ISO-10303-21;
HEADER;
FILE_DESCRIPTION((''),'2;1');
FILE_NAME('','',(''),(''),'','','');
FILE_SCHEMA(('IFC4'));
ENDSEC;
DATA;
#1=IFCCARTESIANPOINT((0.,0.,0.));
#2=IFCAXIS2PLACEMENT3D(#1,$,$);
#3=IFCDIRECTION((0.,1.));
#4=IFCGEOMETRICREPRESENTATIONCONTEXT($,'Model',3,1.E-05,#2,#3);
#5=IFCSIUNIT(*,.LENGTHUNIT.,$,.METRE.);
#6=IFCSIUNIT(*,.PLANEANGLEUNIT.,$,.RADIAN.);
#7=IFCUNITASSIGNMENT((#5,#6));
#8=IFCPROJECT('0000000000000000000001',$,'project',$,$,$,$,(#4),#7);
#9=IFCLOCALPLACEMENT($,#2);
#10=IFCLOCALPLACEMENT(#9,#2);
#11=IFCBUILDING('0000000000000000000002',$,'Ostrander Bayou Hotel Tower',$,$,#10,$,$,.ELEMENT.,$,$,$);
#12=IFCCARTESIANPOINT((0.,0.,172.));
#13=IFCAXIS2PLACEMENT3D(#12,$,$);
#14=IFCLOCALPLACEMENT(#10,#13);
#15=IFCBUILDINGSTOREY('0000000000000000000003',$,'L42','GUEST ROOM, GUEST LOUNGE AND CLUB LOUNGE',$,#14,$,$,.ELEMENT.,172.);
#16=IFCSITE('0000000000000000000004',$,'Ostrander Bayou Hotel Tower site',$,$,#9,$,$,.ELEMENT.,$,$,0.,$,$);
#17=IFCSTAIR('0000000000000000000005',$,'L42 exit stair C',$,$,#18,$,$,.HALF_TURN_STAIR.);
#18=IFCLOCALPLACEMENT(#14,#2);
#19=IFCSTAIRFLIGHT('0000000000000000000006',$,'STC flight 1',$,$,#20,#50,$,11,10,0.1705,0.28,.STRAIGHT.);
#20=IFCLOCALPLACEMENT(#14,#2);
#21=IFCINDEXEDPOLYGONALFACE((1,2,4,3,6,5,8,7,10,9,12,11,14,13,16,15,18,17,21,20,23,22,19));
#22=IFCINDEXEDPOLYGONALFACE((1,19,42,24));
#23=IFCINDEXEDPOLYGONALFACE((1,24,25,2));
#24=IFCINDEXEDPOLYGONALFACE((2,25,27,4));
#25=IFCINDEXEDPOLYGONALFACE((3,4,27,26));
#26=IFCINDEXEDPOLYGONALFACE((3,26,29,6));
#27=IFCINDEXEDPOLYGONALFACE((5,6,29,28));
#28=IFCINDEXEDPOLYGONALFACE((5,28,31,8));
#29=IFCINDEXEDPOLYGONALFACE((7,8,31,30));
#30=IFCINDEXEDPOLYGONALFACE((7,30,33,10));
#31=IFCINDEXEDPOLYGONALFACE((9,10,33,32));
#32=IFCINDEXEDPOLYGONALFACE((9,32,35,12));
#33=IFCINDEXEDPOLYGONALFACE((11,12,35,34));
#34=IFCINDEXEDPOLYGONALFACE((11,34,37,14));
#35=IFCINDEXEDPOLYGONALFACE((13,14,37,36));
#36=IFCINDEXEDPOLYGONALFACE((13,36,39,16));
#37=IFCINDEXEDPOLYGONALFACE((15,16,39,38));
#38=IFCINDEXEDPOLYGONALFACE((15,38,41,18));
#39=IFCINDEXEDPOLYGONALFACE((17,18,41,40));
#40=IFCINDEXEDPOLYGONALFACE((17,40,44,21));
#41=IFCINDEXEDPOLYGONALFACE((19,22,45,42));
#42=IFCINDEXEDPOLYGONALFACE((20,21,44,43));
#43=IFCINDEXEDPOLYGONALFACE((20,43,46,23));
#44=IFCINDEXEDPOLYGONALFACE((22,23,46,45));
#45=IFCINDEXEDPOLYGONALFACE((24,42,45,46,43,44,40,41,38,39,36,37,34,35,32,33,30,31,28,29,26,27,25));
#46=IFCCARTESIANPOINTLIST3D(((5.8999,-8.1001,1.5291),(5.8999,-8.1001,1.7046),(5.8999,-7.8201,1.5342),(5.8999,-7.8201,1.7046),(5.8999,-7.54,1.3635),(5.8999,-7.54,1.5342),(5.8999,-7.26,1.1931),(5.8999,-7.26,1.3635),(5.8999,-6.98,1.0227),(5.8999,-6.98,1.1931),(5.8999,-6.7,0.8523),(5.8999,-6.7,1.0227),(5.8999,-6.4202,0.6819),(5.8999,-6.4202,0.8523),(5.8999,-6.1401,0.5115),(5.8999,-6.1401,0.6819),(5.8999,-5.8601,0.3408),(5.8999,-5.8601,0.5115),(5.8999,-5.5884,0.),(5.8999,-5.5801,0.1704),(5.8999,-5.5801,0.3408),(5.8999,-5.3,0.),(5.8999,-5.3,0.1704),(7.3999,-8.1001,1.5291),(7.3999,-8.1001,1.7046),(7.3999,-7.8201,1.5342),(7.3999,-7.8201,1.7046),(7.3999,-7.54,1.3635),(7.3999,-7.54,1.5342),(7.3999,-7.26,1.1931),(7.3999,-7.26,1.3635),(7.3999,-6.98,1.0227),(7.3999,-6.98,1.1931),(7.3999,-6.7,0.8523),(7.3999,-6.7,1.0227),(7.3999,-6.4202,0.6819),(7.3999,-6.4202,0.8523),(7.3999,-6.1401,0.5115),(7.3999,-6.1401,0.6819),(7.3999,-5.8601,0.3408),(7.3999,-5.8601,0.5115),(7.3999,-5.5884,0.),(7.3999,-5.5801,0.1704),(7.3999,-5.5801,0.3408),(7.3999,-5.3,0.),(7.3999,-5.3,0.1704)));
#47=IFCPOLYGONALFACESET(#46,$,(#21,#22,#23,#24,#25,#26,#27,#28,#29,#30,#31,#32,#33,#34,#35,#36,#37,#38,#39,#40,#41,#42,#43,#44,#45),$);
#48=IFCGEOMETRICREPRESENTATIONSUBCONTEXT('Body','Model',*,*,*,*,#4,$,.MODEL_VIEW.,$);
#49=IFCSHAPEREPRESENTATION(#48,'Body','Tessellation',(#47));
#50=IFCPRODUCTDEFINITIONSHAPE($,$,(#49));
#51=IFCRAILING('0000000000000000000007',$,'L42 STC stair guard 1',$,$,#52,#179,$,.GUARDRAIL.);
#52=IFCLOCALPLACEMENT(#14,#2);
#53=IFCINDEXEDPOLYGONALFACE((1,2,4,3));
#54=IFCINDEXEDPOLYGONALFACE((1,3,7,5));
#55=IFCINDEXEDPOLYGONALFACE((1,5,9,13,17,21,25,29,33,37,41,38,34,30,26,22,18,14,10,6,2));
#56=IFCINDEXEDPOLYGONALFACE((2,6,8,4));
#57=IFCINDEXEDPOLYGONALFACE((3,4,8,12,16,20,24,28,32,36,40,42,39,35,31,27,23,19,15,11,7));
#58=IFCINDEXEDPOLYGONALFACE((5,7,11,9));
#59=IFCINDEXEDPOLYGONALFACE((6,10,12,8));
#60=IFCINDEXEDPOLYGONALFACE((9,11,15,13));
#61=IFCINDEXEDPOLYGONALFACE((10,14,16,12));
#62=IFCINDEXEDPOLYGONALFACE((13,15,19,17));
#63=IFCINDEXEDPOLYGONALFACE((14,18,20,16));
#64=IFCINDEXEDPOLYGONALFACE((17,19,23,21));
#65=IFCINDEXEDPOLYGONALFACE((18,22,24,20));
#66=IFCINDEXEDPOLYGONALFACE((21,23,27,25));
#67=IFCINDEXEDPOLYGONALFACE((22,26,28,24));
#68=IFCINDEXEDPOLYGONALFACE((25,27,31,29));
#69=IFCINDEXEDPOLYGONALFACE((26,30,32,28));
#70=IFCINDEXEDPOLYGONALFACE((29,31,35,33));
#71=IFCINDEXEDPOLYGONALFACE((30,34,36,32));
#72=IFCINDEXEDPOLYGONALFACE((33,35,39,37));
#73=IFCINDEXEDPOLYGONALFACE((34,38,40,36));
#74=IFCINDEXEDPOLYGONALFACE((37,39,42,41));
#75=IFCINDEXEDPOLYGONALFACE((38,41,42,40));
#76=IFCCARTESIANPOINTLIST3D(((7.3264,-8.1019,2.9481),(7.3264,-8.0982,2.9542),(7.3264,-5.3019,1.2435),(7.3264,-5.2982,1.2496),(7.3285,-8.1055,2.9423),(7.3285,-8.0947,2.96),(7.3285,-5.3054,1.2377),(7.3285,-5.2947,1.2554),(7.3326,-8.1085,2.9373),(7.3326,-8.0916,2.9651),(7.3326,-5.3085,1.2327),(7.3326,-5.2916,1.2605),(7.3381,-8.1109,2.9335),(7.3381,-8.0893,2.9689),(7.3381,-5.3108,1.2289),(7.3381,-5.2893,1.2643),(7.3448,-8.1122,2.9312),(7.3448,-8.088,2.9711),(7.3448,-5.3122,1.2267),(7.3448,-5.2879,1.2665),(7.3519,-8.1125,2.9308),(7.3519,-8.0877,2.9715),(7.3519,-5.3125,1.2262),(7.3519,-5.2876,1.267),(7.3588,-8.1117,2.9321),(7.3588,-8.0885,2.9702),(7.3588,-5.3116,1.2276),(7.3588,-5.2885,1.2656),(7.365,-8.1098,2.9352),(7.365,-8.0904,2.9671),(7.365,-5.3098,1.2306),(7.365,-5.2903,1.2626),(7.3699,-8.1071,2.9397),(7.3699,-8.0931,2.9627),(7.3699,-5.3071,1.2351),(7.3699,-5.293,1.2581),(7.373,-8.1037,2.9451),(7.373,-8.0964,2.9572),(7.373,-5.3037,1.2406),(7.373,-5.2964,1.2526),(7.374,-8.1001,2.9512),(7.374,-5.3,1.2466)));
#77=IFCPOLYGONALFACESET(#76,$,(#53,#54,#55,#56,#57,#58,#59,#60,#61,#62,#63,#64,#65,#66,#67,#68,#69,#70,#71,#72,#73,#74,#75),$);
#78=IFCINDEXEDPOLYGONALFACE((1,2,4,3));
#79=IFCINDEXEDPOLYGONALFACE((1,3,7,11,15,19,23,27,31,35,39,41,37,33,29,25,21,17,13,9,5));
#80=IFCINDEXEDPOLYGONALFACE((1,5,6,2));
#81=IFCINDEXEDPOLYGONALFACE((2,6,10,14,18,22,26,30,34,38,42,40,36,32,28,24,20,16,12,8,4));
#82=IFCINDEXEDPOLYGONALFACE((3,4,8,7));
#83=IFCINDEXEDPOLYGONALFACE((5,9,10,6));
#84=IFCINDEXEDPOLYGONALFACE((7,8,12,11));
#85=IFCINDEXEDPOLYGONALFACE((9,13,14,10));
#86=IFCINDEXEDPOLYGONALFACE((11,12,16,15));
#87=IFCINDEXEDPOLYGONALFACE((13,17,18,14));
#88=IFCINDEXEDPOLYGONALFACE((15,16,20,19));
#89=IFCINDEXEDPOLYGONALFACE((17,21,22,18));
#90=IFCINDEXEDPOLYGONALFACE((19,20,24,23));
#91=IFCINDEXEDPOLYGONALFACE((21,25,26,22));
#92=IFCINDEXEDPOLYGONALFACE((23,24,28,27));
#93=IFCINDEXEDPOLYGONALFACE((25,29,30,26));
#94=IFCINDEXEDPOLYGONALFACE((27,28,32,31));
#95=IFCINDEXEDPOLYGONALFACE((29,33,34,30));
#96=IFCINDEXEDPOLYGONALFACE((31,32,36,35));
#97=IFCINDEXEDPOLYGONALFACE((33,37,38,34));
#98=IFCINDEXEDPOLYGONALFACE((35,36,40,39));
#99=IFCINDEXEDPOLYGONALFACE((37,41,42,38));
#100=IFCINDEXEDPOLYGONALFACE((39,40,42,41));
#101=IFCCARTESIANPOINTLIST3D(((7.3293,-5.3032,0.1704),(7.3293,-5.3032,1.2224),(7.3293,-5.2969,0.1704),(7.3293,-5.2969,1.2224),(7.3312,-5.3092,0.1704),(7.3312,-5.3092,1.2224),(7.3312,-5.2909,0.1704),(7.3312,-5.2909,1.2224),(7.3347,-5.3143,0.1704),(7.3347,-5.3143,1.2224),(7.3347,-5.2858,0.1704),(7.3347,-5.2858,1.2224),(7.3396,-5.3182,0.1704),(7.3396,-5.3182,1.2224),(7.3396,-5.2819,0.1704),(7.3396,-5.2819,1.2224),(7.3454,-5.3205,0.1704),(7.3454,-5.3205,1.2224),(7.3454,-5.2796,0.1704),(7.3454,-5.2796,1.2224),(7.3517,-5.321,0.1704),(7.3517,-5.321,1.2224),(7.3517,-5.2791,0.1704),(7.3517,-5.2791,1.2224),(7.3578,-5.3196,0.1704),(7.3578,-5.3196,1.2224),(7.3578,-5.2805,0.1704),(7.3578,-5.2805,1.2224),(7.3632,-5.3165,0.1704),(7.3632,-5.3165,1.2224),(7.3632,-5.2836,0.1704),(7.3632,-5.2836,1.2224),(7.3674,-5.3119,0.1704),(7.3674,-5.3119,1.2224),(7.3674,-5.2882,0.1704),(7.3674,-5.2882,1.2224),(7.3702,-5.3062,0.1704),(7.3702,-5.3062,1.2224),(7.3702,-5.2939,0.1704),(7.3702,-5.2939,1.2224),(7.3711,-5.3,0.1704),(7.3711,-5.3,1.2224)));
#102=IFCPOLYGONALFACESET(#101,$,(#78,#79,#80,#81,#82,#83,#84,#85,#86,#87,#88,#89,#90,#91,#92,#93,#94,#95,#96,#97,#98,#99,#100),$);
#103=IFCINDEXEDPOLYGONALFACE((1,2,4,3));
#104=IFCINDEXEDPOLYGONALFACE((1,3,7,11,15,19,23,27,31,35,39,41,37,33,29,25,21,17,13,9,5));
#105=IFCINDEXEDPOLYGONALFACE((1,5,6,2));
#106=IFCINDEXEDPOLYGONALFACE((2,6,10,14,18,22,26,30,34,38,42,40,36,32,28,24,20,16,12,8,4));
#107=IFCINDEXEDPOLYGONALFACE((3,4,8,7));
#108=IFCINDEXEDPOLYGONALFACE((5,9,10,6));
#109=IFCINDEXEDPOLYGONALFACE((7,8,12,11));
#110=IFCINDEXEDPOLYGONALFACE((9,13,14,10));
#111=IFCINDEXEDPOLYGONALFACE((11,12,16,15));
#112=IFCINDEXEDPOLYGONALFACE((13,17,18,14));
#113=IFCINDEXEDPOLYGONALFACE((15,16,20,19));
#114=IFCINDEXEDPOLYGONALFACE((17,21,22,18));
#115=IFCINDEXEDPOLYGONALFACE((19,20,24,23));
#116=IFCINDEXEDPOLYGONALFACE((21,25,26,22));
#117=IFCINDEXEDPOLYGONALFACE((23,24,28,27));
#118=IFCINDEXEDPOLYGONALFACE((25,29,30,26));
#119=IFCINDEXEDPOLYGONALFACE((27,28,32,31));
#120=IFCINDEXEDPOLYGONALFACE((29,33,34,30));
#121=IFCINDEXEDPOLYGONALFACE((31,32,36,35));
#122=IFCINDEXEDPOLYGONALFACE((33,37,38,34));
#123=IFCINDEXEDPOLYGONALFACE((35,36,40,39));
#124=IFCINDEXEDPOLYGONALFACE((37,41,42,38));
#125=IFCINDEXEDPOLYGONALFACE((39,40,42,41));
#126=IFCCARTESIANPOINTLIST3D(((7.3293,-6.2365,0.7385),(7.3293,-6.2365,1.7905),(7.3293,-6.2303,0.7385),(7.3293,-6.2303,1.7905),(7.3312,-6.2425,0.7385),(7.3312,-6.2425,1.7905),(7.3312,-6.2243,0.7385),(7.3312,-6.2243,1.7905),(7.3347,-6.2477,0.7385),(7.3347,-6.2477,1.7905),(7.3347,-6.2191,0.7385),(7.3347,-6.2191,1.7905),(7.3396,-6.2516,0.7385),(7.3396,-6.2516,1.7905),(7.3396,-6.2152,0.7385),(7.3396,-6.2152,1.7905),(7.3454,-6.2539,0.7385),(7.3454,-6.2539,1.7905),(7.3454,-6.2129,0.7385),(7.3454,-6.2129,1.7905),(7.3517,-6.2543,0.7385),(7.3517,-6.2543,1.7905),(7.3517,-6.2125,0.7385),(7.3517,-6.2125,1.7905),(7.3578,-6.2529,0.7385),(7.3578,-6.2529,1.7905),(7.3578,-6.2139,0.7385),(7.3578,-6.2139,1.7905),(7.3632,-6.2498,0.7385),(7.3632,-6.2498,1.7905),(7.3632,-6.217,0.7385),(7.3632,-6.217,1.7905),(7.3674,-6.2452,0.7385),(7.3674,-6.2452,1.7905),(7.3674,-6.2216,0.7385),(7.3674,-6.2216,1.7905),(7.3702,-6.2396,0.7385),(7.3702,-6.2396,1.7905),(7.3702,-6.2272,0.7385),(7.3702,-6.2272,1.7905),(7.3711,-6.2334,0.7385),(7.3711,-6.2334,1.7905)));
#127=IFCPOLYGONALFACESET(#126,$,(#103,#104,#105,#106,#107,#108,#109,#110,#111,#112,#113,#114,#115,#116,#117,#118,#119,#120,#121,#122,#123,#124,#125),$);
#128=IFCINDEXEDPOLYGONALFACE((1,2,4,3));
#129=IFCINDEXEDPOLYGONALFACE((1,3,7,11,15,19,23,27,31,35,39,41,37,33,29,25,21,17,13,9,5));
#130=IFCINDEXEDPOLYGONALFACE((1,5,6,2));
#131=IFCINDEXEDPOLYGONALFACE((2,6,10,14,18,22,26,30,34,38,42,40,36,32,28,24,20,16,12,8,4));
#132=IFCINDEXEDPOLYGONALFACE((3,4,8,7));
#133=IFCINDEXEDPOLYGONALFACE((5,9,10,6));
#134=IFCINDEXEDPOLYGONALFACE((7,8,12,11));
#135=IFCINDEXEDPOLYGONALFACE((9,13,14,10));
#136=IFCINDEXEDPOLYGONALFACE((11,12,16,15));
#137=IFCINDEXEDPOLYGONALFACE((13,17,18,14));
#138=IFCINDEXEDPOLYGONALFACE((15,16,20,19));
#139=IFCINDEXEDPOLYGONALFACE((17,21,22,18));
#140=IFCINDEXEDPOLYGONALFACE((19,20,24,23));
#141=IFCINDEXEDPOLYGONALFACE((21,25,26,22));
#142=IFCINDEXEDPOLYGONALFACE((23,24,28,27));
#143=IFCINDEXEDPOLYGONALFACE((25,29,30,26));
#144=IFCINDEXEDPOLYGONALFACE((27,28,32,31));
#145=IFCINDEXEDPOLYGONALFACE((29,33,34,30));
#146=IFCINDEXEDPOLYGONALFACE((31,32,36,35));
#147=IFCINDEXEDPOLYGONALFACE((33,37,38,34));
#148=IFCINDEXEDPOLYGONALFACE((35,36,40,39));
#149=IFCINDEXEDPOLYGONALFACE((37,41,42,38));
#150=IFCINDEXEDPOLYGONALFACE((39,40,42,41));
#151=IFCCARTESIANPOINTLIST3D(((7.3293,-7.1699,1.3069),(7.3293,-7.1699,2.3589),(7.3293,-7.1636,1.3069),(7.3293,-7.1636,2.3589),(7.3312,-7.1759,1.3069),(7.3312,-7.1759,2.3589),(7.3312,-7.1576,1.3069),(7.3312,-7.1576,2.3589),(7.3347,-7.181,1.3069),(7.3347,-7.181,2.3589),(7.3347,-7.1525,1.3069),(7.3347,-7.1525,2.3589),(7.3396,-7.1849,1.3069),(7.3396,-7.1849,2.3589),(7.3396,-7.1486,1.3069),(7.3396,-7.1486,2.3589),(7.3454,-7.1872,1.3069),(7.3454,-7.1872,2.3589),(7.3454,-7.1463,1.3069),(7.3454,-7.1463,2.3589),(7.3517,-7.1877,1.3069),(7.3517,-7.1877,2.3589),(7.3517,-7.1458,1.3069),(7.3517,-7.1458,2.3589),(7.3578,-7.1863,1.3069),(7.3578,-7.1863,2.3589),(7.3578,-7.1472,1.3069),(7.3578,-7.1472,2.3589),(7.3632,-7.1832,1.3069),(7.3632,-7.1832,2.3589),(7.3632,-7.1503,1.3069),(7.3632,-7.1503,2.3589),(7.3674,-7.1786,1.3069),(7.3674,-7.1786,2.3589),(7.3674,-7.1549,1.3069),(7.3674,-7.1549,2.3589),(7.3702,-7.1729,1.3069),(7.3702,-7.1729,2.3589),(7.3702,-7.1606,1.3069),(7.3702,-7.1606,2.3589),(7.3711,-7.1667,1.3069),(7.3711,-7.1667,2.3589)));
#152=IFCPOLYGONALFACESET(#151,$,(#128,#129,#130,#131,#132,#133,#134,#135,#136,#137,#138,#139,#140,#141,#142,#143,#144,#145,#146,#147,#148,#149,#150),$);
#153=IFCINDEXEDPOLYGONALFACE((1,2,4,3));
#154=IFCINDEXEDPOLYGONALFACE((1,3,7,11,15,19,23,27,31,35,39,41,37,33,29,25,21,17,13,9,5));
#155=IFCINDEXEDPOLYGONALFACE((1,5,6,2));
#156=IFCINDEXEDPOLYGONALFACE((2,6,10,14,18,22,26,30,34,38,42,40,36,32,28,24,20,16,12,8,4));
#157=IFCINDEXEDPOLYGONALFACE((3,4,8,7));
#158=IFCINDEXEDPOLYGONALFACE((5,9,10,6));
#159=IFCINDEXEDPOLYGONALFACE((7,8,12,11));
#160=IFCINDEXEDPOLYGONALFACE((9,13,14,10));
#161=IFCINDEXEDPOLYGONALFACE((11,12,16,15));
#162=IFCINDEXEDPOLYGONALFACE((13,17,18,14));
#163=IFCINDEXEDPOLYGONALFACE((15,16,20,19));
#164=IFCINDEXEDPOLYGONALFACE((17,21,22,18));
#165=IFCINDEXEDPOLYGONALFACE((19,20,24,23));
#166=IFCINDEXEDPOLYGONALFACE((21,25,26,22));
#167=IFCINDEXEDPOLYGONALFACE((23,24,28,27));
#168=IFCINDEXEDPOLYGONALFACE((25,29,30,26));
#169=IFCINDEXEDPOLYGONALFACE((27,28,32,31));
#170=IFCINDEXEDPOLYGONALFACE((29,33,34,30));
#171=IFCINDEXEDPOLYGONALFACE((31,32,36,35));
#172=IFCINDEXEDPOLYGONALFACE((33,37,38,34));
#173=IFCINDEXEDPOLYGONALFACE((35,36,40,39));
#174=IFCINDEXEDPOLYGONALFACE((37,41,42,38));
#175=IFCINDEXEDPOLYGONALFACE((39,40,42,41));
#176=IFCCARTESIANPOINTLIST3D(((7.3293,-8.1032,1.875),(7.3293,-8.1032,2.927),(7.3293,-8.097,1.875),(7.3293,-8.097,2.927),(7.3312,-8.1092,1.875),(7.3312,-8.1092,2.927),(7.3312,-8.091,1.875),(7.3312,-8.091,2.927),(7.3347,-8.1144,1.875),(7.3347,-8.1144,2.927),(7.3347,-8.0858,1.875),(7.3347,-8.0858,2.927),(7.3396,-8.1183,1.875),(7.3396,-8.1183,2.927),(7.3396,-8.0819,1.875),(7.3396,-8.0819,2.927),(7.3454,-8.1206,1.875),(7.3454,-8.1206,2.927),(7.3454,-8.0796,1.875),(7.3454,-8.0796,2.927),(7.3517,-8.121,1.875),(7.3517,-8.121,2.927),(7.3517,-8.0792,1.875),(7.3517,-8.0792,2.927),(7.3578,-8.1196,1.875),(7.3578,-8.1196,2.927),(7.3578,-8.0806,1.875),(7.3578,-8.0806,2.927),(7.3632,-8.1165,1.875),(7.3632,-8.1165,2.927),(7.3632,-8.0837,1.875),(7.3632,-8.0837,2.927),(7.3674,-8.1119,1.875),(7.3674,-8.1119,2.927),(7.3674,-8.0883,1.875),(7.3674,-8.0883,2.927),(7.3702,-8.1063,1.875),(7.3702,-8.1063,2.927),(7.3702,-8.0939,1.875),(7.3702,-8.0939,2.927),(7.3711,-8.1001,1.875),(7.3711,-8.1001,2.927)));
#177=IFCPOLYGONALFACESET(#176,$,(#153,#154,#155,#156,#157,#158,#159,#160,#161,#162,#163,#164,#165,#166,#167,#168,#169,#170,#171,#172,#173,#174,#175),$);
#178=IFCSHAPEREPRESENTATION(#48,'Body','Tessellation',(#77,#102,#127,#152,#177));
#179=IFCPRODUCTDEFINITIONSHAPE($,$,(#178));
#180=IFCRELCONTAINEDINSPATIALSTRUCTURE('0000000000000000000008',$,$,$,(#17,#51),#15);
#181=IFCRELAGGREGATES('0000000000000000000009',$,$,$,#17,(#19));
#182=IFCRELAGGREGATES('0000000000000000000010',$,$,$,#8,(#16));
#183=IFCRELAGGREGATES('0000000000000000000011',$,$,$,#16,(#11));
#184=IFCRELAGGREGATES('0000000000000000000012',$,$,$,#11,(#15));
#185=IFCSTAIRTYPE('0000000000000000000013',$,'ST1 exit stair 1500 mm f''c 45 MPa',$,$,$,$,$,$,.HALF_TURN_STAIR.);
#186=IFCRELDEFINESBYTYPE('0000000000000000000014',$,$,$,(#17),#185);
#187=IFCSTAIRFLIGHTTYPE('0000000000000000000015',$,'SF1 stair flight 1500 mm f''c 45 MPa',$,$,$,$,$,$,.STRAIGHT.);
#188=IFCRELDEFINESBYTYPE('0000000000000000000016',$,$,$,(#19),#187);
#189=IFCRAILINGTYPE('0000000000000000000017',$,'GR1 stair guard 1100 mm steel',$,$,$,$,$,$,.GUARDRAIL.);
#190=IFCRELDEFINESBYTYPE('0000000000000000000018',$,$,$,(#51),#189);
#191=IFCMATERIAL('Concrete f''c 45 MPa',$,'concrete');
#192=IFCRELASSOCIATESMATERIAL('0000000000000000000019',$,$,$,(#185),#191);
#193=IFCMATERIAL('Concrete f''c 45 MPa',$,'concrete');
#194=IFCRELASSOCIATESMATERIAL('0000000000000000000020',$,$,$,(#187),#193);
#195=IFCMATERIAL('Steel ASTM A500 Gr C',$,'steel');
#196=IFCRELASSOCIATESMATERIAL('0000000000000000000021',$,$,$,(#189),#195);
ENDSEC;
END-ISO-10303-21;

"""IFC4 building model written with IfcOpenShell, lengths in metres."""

from ifc_helpers import new_model, si_unit, direction, frame, origin, origin_2d, place, context, subcontext, project, spatial, polyline, circle, outline, extrude, material, type_object, element, aggregate, save


model = new_model("IFC4")

# Units and contexts
model_context = context("Model", 3, precision=1e-05, world=origin(), true_north=direction((0.0, 1.0)))
body_context = subcontext(model_context, "Body", "Model", "MODEL_VIEW")
ifc_project = project(units=[si_unit("LENGTHUNIT", "METRE"), si_unit("PLANEANGLEUNIT", "RADIAN")], contexts=[model_context])

# Site, building, storey
site_placement = place(None, origin())
site = spatial("IfcSite", under=ifc_project, at=site_placement, Name="Ostrander Bayou Hotel Tower site", CompositionType="ELEMENT", RefElevation=0.0)
building_placement = place(site_placement, origin())
building = spatial("IfcBuilding", under=site, at=building_placement, Name="Ostrander Bayou Hotel Tower", CompositionType="ELEMENT")
storey_placement = place(building_placement, frame((0.0, 0.0, 172.0)))
storey = spatial("IfcBuildingStorey", under=building, at=storey_placement, Name="L42", Description="GUEST ROOM, GUEST LOUNGE AND CLUB LOUNGE", CompositionType="ELEMENT", Elevation=172.0)

# Stair, stair flight
ifc_material_1 = material(Name="Concrete f'c 45 MPa", Category="concrete")
stair_type = type_object("IfcStairType", Name="ST1 exit stair 1500 mm f'c 45 MPa", PredefinedType="HALF_TURN_STAIR", material=ifc_material_1)
stair_placement = place(storey_placement, origin())
stair = element("IfcStair", 1, at=stair_placement, inside=storey, type_object=stair_type, Name="L42 exit stair C", PredefinedType="HALF_TURN_STAIR")
ifc_material_2 = material(Name="Concrete f'c 45 MPa", Category="concrete")
stair_flight_type = type_object("IfcStairFlightType", Name="SF1 stair flight 1500 mm f'c 45 MPa", PredefinedType="STRAIGHT", material=ifc_material_2)
stair_flight_placement = place(storey_placement, frame((6.6499, -5.3, 0.0), z_axis=(0.0, 0.0, 1.0), x_axis=(0.0, -1.0, 0.0)))
stair_flight = element("IfcStairFlight", 2, at=stair_flight_placement, type_object=stair_flight_type, Name="STC flight 1", NumberOfRisers=11, NumberOfTreads=10, PredefinedType="STRAIGHT", RiserHeight=0.1705, TreadLength=0.28, context=body_context, shape_type="SweptSolid", body=[
    extrude(outline(polyline([(0.0, 0.0), (0.0, 0.1704), (0.28, 0.1704), (0.28, 0.3408), (0.5601, 0.3408), (0.5601, 0.5115), (0.8401, 0.5115), (0.8401, 0.6819), (1.1201, 0.6819), (1.1201, 0.8523), (1.3999, 0.8523), (1.3999, 1.0227), (1.6799, 1.0227), (1.6799, 1.1931), (1.96, 1.1931), (1.96, 1.3635), (2.24, 1.3635), (2.24, 1.5342), (2.52, 1.5342), (2.52, 1.7046), (2.8, 1.7046), (2.8, 1.875), (2.8, 1.5291), (0.2883, 0.0), (0.0, 0.0)])), frame((0.0, 0.75, 0.0), z_axis=(0.0, -1.0, 0.0), x_axis=(1.0, 0.0, 0.0)), (0.0, 0.0, 1.0), 1.5),
])
aggregate(stair, [stair_flight])

# Railing
ifc_material_3 = material(Name="Steel ASTM A500 Gr C", Category="steel")
railing_type_1 = type_object("IfcRailingType", Name="GR1 stair guard 1100 mm steel", PredefinedType="GUARDRAIL", material=ifc_material_3)
railing_1_placement = place(storey_placement, frame((7.3501, -5.3, 0.1704)))
element("IfcRailing", 3, at=railing_1_placement, inside=storey, type_object=railing_type_1, Name="L42 STC stair guard 1", PredefinedType="GUARDRAIL", context=body_context, shape_type="SweptSolid", body=[
    extrude(circle(Radius=0.0239, at=origin_2d()), frame((0.0, 0.0, 1.0762), z_axis=(0.0, -0.85417, 0.519994), x_axis=(1.0, 0.0, 0.0)), (0.0, 0.0, 1.0), 3.2781),
    extrude(circle(Radius=0.021, at=origin_2d()), origin(), (0.0, 0.0, 1.0), 1.052),
    extrude(circle(Radius=0.021, at=origin_2d()), frame((0.0, -0.9333, 0.5681)), (0.0, 0.0, 1.0), 1.052),
    extrude(circle(Radius=0.021, at=origin_2d()), frame((0.0, -1.8667, 1.1365)), (0.0, 0.0, 1.0), 1.052),
    extrude(circle(Radius=0.021, at=origin_2d()), frame((0.0, -2.8, 1.7046)), (0.0, 0.0, 1.0), 1.052),
])

save(model, "model.ifc")
